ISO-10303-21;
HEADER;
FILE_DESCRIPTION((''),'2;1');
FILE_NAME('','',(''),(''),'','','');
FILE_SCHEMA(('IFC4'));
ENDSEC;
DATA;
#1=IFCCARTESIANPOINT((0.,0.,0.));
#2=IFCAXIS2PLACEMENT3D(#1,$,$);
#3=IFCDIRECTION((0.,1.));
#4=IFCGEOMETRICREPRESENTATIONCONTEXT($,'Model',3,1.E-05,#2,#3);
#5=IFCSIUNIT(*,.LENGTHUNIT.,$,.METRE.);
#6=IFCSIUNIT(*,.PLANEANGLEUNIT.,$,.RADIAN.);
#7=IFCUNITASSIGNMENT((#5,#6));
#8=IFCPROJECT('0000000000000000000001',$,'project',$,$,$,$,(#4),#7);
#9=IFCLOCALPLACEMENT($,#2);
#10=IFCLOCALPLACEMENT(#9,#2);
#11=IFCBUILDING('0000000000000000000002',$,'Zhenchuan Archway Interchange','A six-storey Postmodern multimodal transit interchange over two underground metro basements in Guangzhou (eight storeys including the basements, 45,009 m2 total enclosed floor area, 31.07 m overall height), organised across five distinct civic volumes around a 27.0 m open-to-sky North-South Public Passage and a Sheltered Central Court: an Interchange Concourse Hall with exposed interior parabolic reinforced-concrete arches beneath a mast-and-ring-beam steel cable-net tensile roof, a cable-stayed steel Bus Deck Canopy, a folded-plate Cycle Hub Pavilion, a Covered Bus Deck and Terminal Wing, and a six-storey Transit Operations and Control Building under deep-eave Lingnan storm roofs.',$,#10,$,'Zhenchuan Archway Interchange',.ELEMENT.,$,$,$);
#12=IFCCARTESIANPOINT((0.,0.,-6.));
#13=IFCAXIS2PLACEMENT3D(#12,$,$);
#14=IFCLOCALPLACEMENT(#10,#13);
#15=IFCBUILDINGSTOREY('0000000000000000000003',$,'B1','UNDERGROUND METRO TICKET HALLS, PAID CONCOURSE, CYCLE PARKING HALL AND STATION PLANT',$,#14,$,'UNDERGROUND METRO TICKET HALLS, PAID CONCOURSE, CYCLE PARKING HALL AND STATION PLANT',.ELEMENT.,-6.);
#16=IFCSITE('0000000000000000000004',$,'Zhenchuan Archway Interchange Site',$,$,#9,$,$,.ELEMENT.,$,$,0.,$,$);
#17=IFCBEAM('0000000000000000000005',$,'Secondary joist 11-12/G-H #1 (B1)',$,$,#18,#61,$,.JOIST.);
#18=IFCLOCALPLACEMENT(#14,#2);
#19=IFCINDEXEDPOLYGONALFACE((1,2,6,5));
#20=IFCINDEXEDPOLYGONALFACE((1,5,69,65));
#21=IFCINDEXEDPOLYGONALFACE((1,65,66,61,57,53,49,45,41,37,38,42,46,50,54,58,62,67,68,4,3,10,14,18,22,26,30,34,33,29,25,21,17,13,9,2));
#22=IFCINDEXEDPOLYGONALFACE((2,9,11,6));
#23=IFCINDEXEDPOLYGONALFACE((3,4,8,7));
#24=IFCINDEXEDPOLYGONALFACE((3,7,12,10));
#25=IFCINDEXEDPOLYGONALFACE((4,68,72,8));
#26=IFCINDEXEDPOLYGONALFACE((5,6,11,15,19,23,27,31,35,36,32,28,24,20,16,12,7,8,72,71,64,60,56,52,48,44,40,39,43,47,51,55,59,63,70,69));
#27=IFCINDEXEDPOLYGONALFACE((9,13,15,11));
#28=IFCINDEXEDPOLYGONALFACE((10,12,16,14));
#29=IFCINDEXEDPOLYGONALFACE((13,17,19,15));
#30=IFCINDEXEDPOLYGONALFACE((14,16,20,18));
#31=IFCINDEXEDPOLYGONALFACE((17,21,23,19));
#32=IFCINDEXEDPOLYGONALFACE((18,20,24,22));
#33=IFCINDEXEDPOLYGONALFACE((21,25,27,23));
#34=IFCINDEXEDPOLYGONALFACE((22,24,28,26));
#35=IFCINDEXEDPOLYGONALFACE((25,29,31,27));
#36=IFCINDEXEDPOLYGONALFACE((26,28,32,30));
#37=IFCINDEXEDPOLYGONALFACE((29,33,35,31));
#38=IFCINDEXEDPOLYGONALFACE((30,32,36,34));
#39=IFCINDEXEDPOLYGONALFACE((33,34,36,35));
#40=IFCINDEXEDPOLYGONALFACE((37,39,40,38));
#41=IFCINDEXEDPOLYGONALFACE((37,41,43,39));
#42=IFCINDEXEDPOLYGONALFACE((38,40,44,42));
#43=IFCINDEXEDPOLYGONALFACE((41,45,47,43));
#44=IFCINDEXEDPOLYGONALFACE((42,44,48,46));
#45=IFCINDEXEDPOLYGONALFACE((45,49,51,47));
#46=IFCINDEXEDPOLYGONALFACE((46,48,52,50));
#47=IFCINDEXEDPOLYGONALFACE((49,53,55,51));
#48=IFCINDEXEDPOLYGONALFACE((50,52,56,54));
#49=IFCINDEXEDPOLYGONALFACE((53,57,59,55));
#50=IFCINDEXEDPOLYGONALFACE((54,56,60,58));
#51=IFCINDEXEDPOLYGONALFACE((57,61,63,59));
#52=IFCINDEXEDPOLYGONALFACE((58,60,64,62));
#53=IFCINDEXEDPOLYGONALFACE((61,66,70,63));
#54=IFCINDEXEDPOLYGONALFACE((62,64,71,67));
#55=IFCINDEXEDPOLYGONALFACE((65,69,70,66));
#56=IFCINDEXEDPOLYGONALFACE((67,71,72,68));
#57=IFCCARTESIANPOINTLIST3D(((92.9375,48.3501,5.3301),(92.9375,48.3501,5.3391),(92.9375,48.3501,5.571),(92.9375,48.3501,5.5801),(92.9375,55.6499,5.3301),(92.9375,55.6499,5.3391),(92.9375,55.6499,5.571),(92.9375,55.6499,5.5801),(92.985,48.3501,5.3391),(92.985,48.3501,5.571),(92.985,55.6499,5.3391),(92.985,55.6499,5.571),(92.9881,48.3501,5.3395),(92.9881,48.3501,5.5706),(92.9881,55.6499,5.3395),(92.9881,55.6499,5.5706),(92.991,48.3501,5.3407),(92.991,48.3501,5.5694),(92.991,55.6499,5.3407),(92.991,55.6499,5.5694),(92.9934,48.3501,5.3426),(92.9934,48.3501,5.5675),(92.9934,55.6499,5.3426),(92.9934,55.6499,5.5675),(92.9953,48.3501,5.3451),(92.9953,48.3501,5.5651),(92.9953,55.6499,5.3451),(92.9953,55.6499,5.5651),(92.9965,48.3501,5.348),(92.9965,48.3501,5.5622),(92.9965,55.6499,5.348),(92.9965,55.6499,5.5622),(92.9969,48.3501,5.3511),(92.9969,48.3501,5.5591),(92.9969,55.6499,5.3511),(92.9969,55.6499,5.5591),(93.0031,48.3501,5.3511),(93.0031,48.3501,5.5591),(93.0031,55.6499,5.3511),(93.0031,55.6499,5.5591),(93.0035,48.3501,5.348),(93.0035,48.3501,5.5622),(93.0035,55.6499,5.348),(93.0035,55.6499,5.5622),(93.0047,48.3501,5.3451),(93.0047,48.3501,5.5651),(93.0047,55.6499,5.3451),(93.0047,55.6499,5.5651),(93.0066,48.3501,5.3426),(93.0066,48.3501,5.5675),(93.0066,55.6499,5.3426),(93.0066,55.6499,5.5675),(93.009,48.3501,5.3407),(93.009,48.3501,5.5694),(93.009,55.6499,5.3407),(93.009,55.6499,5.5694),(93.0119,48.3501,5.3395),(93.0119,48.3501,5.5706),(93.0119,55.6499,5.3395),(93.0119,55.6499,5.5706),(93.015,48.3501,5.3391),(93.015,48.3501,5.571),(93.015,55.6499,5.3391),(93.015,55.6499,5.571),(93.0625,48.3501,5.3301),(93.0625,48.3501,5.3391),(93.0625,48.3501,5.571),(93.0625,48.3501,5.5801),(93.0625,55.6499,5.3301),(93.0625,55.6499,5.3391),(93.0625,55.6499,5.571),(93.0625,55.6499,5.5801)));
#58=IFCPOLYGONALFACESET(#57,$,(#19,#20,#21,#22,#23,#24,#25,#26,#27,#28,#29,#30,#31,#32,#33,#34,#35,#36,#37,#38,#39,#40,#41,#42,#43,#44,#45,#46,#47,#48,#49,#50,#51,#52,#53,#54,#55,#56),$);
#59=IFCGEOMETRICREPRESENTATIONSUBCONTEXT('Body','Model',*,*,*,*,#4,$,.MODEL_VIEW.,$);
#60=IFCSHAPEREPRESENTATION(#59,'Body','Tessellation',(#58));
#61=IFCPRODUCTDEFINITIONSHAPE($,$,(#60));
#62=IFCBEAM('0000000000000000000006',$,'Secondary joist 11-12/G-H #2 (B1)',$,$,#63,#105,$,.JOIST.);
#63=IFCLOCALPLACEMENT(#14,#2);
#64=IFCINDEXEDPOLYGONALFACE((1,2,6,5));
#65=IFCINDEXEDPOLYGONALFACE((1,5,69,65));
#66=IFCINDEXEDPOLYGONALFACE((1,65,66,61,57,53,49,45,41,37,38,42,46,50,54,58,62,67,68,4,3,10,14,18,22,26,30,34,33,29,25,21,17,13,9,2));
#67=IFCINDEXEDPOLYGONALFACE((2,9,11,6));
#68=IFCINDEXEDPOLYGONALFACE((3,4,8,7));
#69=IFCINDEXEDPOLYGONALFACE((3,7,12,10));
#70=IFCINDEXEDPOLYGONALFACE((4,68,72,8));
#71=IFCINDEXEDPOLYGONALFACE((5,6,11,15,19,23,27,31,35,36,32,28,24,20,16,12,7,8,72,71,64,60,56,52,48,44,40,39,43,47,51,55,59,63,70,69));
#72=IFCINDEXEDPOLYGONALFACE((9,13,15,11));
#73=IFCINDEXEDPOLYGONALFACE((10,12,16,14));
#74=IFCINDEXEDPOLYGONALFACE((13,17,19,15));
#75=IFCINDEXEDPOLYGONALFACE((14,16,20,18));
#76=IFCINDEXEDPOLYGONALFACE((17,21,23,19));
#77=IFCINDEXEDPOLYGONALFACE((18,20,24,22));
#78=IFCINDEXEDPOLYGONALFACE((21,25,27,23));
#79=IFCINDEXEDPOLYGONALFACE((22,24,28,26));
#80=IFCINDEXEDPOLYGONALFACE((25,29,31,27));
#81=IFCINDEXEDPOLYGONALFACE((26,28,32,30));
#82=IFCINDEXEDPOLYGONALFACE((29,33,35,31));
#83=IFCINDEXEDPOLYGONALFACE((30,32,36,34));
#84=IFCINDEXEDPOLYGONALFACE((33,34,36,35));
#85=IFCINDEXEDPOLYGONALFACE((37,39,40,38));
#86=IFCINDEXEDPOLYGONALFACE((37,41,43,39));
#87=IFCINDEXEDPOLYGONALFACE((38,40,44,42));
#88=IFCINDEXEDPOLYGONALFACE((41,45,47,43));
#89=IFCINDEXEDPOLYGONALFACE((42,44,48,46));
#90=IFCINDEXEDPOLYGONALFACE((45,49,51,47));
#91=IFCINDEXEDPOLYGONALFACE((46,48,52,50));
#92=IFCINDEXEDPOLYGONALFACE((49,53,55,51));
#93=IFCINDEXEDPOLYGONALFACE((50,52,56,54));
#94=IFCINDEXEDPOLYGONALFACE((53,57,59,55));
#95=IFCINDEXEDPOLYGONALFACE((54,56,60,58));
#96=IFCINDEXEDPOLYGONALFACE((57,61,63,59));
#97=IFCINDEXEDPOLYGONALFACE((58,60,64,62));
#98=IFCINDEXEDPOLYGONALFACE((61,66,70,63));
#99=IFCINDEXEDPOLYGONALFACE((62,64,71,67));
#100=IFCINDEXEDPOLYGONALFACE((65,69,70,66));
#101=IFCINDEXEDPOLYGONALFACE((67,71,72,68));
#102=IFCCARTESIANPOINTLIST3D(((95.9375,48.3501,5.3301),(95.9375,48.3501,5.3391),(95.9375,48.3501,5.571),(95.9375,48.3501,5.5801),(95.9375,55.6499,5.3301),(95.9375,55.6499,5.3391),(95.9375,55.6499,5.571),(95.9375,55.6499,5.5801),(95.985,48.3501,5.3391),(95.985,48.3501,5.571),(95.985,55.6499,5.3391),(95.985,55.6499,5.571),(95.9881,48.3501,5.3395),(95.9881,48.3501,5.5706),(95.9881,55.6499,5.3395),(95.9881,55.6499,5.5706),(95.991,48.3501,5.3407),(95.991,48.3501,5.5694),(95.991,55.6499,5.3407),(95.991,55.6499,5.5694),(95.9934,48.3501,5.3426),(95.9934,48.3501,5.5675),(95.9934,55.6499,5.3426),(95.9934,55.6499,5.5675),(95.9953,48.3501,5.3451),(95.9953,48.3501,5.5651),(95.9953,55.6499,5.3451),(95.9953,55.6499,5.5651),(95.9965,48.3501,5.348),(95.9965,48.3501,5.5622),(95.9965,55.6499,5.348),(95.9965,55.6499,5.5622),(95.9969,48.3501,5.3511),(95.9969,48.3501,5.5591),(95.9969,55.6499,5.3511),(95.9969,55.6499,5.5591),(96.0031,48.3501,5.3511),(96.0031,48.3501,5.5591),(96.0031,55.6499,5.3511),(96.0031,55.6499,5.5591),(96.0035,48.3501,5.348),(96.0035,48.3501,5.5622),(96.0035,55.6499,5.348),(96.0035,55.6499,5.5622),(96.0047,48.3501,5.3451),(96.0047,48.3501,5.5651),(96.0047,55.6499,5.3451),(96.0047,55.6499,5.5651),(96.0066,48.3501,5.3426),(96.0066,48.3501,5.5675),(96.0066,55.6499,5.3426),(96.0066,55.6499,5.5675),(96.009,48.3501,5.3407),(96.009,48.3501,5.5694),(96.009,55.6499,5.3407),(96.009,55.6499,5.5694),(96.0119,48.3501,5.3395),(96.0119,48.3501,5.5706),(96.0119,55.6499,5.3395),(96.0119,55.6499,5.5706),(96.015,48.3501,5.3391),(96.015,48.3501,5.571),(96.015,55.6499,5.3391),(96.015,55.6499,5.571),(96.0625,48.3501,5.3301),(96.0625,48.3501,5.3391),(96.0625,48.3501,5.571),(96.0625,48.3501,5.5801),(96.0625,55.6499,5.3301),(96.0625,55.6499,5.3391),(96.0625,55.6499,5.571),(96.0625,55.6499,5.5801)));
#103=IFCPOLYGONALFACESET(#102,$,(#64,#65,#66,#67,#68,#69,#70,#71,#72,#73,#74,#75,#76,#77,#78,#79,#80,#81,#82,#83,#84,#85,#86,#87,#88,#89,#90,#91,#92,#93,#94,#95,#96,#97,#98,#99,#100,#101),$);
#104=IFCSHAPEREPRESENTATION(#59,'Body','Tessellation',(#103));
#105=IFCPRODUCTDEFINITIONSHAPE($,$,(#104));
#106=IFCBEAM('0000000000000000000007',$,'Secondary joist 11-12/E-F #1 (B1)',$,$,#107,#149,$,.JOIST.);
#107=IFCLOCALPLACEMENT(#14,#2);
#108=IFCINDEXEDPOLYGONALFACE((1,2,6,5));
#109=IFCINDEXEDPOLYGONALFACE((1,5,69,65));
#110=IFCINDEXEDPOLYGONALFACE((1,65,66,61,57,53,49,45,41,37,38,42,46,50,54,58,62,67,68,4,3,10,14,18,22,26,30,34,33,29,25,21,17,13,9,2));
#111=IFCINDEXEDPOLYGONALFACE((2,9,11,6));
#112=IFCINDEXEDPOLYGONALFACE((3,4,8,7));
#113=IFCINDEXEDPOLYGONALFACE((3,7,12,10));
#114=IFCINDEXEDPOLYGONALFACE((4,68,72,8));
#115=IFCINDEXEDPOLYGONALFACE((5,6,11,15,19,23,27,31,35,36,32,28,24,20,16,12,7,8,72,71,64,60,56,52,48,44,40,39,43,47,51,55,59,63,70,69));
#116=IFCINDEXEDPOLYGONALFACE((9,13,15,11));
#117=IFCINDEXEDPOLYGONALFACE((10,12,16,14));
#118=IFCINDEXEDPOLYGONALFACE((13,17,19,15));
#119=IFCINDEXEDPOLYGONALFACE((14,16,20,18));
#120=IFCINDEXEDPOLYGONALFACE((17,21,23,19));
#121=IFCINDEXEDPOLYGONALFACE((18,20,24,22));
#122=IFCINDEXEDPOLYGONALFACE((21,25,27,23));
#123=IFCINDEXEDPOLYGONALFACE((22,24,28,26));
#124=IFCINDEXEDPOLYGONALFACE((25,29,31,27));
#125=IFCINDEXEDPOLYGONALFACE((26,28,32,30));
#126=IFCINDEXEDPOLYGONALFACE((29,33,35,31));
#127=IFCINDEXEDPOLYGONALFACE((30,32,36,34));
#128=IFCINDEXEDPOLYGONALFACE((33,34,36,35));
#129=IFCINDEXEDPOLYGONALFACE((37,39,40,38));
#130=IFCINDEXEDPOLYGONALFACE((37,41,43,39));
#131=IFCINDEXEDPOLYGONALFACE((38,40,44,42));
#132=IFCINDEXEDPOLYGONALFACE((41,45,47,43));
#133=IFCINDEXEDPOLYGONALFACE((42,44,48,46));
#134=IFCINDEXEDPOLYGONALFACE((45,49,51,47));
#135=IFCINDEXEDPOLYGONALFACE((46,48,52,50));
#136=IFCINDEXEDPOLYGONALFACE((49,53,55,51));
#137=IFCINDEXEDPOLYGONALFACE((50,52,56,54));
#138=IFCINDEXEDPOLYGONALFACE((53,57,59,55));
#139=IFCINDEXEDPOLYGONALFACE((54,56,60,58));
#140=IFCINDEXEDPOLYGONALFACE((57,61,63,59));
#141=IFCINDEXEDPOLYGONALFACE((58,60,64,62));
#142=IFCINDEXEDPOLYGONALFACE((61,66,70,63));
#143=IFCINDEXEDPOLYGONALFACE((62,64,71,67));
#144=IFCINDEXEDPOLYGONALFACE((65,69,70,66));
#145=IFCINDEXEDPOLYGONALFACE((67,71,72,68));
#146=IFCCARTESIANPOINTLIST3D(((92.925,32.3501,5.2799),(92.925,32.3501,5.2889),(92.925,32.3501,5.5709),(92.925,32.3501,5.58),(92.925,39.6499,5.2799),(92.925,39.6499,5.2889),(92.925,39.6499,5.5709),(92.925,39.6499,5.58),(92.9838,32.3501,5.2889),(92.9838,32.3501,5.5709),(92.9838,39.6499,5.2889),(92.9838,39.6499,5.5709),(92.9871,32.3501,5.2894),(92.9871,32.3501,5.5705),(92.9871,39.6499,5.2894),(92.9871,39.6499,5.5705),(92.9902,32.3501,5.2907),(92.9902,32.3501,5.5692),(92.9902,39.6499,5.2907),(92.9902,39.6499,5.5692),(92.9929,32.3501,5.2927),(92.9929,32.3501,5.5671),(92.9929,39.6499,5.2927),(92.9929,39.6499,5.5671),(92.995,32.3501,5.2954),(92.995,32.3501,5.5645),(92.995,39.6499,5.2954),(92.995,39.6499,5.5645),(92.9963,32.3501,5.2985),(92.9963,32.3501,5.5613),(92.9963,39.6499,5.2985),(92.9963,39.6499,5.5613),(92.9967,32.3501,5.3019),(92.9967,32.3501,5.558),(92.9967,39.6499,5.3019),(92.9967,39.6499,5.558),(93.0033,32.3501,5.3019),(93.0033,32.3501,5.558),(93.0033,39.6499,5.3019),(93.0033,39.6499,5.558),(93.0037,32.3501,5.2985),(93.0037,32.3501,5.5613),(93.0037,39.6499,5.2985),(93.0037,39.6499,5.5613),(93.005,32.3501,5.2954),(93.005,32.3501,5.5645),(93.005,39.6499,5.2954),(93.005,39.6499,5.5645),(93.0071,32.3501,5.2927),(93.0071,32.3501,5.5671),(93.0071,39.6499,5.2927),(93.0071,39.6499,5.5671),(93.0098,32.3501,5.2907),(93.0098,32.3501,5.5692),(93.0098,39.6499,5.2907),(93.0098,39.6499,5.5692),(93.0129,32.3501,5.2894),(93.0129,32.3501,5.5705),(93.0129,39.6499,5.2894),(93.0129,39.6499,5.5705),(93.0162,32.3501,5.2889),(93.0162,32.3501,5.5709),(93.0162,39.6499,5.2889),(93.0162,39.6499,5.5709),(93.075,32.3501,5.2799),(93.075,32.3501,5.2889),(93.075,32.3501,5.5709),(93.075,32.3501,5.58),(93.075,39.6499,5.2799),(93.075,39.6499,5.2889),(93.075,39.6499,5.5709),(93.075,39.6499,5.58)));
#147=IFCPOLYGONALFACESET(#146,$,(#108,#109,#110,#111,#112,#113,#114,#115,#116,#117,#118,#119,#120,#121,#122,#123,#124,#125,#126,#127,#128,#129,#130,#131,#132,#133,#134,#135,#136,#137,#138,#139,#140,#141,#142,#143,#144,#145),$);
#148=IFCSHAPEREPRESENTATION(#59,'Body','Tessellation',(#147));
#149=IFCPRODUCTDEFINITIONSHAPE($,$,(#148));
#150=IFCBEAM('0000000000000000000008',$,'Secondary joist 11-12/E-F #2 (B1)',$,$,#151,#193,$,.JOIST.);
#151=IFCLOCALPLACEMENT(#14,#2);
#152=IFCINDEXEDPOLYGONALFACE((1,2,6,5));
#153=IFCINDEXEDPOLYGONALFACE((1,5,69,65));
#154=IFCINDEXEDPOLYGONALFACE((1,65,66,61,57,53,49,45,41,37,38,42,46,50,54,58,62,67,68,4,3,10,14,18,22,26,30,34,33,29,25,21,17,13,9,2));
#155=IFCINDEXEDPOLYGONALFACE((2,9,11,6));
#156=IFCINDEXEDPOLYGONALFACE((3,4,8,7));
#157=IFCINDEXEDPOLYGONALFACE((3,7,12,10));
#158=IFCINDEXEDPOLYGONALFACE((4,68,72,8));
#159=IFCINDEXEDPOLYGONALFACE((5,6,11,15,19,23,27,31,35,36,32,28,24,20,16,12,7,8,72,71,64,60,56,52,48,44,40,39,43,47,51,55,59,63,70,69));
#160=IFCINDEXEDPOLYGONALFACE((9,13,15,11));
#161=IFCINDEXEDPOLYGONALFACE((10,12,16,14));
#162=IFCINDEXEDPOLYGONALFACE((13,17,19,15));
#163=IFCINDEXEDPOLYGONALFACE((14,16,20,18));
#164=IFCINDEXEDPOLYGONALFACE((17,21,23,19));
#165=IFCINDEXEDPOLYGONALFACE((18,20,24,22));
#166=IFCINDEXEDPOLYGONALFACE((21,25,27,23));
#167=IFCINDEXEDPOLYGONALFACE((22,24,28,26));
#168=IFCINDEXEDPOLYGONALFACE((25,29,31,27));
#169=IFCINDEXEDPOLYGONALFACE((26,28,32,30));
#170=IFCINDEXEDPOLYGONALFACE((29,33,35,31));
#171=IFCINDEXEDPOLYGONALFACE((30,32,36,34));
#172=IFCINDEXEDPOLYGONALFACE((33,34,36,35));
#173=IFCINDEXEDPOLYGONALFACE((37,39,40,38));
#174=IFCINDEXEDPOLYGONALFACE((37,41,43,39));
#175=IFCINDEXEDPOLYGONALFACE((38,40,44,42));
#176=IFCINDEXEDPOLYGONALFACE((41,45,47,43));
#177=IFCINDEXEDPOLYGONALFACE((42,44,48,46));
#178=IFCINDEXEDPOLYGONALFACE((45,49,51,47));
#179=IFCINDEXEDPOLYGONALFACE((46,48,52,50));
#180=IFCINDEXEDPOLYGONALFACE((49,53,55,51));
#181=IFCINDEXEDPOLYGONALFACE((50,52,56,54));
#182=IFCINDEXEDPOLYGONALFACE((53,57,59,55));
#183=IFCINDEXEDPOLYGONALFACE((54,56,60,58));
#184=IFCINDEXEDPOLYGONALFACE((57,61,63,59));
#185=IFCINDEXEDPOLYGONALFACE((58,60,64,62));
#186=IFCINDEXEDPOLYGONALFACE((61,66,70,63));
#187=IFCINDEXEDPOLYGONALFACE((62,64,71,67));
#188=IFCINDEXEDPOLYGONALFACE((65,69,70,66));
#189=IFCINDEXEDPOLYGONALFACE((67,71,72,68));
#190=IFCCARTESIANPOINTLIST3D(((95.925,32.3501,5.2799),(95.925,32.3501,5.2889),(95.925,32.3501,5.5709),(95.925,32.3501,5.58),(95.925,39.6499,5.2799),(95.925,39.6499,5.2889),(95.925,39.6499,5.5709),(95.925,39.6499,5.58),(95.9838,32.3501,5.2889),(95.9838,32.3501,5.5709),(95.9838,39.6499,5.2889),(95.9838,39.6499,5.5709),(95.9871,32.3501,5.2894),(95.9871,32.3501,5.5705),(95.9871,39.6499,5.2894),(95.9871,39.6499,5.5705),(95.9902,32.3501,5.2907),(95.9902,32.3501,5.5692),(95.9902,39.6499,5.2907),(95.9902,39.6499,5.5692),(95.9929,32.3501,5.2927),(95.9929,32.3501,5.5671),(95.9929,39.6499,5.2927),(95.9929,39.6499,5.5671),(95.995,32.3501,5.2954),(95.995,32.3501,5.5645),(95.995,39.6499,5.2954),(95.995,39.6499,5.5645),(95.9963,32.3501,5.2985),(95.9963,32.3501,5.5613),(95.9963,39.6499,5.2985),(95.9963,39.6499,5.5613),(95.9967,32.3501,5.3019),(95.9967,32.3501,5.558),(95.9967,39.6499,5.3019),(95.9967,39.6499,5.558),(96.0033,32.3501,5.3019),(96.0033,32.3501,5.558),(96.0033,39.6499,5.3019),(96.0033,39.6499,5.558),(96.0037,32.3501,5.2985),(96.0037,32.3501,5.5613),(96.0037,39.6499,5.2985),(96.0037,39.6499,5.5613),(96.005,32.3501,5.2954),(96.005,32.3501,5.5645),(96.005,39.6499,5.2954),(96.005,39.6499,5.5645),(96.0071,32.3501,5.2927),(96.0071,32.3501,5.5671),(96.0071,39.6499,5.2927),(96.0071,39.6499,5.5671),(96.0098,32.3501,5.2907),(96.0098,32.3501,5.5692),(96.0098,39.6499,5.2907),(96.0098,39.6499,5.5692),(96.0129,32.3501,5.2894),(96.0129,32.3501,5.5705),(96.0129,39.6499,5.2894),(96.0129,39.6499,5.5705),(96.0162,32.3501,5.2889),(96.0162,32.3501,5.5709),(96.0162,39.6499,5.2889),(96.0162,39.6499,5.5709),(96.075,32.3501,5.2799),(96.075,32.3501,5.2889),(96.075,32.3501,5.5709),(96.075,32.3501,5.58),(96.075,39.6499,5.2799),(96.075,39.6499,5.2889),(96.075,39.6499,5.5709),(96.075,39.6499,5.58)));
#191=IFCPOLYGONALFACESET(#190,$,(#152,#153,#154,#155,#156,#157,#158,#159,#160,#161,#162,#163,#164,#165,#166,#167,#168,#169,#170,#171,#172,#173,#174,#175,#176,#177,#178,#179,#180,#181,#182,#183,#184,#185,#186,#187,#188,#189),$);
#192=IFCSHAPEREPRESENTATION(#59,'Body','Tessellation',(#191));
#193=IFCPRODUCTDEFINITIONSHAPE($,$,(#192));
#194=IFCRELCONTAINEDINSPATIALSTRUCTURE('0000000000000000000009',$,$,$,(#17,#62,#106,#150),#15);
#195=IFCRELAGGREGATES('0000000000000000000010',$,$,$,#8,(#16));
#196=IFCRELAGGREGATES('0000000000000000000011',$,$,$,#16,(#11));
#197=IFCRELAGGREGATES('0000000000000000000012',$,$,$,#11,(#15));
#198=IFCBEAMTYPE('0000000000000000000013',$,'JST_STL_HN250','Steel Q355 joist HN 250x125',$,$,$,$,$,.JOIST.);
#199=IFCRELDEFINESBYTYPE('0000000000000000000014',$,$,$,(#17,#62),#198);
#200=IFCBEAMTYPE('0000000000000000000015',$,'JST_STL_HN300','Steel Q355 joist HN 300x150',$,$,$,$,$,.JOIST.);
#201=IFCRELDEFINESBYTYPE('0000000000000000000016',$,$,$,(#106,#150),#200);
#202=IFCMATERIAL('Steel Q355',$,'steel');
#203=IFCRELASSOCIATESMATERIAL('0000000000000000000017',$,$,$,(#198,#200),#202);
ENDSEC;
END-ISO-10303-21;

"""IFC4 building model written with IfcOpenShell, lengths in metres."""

from ifc_helpers import new_model, si_unit, direction, frame, origin, origin_2d, place, context, subcontext, project, spatial, i_section, extrude, material, material_profile, profile_set, type_object, element, save


model = new_model("IFC4")

# Units and contexts
model_context = context("Model", 3, precision=1e-05, world=origin(), true_north=direction((0.0, 1.0)))
body_context = subcontext(model_context, "Body", "Model", "MODEL_VIEW")
ifc_project = project(units=[si_unit("LENGTHUNIT", "METRE"), si_unit("PLANEANGLEUNIT", "RADIAN")], contexts=[model_context])

# Site, building, storey
site_placement = place(None, origin())
site = spatial("IfcSite", under=ifc_project, at=site_placement, Name="Zhenchuan Archway Interchange Site", CompositionType="ELEMENT", RefElevation=0.0)
building_placement = place(site_placement, origin())
building = spatial("IfcBuilding", under=site, at=building_placement, Name="Zhenchuan Archway Interchange", Description="A six-storey Postmodern multimodal transit interchange over two underground metro basements in Guangzhou (eight storeys including the basements, 45,009 m2 total enclosed floor area, 31.07 m overall height), organised across five distinct civic volumes around a 27.0 m open-to-sky North-South Public Passage and a Sheltered Central Court: an Interchange Concourse Hall with exposed interior parabolic reinforced-concrete arches beneath a mast-and-ring-beam steel cable-net tensile roof, a cable-stayed steel Bus Deck Canopy, a folded-plate Cycle Hub Pavilion, a Covered Bus Deck and Terminal Wing, and a six-storey Transit Operations and Control Building under deep-eave Lingnan storm roofs.", LongName="Zhenchuan Archway Interchange", CompositionType="ELEMENT")
storey_placement = place(building_placement, frame((0.0, 0.0, -6.0)))
storey = spatial("IfcBuildingStorey", under=building, at=storey_placement, Name="B1", Description="UNDERGROUND METRO TICKET HALLS, PAID CONCOURSE, CYCLE PARKING HALL AND STATION PLANT", LongName="UNDERGROUND METRO TICKET HALLS, PAID CONCOURSE, CYCLE PARKING HALL AND STATION PLANT", CompositionType="ELEMENT", Elevation=-6.0)

# Beams
ifc_material_1 = material(Name="Steel Q355", Category="steel")
ifc_material_profile_1 = material_profile(ifc_material_1, i_section(OverallWidth=0.125, OverallDepth=0.25, WebThickness=0.0061, FlangeThickness=0.009, FilletRadius=0.012, at=origin_2d()), Name="HN 250x125")
ifc_profile_set_1 = profile_set([ifc_material_profile_1], Name="Steel Q355")
beam_type_1 = type_object("IfcBeamType", Name="JST_STL_HN250", Description="Steel Q355 joist HN 250x125", PredefinedType="JOIST", material=ifc_profile_set_1)
for number, where, z_axis, x_axis, name in (
    (1, (93.0, 48.3501, 5.4551), (0.0, 1.0, 0.0), (-1.0, 0.0, 0.0), "Secondary joist 11-12/G-H #1 (B1)"),
    (2, (96.0, 48.3501, 5.4551), (0.0, 1.0, 0.0), (-1.0, 0.0, 0.0), "Secondary joist 11-12/G-H #2 (B1)"),
):
    element("IfcBeam", number, at=place(storey_placement, frame(where, z_axis=z_axis, x_axis=x_axis)), inside=storey, type_object=beam_type_1, Name=name, PredefinedType="JOIST", context=body_context, shape_type="SweptSolid", body=[
        extrude(i_section(OverallWidth=0.125, OverallDepth=0.25, WebThickness=0.0061, FlangeThickness=0.009, FilletRadius=0.012, at=origin_2d()), origin(), (0.0, 0.0, 1.0), 7.2998),
    ])
ifc_material_profile_2 = material_profile(ifc_material_1, i_section(OverallWidth=0.1499, OverallDepth=0.3, WebThickness=0.0066, FlangeThickness=0.009, FilletRadius=0.0129, at=origin_2d()), Name="HN 300x150")
ifc_profile_set_2 = profile_set([ifc_material_profile_2], Name="Steel Q355")
beam_type_2 = type_object("IfcBeamType", Name="JST_STL_HN300", Description="Steel Q355 joist HN 300x150", PredefinedType="JOIST", material=ifc_profile_set_2)
for number, where, z_axis, x_axis, name in (
    (3, (93.0, 32.3501, 5.4299), (0.0, 1.0, 0.0), (-1.0, 0.0, 0.0), "Secondary joist 11-12/E-F #1 (B1)"),
    (4, (96.0, 32.3501, 5.4299), (0.0, 1.0, 0.0), (-1.0, 0.0, 0.0), "Secondary joist 11-12/E-F #2 (B1)"),
):
    element("IfcBeam", number, at=place(storey_placement, frame(where, z_axis=z_axis, x_axis=x_axis)), inside=storey, type_object=beam_type_2, Name=name, PredefinedType="JOIST", context=body_context, shape_type="SweptSolid", body=[
        extrude(i_section(OverallWidth=0.1499, OverallDepth=0.3, WebThickness=0.0066, FlangeThickness=0.009, FilletRadius=0.0129, at=origin_2d()), origin(), (0.0, 0.0, 1.0), 7.2998),
    ])

save(model, "model.ifc")
